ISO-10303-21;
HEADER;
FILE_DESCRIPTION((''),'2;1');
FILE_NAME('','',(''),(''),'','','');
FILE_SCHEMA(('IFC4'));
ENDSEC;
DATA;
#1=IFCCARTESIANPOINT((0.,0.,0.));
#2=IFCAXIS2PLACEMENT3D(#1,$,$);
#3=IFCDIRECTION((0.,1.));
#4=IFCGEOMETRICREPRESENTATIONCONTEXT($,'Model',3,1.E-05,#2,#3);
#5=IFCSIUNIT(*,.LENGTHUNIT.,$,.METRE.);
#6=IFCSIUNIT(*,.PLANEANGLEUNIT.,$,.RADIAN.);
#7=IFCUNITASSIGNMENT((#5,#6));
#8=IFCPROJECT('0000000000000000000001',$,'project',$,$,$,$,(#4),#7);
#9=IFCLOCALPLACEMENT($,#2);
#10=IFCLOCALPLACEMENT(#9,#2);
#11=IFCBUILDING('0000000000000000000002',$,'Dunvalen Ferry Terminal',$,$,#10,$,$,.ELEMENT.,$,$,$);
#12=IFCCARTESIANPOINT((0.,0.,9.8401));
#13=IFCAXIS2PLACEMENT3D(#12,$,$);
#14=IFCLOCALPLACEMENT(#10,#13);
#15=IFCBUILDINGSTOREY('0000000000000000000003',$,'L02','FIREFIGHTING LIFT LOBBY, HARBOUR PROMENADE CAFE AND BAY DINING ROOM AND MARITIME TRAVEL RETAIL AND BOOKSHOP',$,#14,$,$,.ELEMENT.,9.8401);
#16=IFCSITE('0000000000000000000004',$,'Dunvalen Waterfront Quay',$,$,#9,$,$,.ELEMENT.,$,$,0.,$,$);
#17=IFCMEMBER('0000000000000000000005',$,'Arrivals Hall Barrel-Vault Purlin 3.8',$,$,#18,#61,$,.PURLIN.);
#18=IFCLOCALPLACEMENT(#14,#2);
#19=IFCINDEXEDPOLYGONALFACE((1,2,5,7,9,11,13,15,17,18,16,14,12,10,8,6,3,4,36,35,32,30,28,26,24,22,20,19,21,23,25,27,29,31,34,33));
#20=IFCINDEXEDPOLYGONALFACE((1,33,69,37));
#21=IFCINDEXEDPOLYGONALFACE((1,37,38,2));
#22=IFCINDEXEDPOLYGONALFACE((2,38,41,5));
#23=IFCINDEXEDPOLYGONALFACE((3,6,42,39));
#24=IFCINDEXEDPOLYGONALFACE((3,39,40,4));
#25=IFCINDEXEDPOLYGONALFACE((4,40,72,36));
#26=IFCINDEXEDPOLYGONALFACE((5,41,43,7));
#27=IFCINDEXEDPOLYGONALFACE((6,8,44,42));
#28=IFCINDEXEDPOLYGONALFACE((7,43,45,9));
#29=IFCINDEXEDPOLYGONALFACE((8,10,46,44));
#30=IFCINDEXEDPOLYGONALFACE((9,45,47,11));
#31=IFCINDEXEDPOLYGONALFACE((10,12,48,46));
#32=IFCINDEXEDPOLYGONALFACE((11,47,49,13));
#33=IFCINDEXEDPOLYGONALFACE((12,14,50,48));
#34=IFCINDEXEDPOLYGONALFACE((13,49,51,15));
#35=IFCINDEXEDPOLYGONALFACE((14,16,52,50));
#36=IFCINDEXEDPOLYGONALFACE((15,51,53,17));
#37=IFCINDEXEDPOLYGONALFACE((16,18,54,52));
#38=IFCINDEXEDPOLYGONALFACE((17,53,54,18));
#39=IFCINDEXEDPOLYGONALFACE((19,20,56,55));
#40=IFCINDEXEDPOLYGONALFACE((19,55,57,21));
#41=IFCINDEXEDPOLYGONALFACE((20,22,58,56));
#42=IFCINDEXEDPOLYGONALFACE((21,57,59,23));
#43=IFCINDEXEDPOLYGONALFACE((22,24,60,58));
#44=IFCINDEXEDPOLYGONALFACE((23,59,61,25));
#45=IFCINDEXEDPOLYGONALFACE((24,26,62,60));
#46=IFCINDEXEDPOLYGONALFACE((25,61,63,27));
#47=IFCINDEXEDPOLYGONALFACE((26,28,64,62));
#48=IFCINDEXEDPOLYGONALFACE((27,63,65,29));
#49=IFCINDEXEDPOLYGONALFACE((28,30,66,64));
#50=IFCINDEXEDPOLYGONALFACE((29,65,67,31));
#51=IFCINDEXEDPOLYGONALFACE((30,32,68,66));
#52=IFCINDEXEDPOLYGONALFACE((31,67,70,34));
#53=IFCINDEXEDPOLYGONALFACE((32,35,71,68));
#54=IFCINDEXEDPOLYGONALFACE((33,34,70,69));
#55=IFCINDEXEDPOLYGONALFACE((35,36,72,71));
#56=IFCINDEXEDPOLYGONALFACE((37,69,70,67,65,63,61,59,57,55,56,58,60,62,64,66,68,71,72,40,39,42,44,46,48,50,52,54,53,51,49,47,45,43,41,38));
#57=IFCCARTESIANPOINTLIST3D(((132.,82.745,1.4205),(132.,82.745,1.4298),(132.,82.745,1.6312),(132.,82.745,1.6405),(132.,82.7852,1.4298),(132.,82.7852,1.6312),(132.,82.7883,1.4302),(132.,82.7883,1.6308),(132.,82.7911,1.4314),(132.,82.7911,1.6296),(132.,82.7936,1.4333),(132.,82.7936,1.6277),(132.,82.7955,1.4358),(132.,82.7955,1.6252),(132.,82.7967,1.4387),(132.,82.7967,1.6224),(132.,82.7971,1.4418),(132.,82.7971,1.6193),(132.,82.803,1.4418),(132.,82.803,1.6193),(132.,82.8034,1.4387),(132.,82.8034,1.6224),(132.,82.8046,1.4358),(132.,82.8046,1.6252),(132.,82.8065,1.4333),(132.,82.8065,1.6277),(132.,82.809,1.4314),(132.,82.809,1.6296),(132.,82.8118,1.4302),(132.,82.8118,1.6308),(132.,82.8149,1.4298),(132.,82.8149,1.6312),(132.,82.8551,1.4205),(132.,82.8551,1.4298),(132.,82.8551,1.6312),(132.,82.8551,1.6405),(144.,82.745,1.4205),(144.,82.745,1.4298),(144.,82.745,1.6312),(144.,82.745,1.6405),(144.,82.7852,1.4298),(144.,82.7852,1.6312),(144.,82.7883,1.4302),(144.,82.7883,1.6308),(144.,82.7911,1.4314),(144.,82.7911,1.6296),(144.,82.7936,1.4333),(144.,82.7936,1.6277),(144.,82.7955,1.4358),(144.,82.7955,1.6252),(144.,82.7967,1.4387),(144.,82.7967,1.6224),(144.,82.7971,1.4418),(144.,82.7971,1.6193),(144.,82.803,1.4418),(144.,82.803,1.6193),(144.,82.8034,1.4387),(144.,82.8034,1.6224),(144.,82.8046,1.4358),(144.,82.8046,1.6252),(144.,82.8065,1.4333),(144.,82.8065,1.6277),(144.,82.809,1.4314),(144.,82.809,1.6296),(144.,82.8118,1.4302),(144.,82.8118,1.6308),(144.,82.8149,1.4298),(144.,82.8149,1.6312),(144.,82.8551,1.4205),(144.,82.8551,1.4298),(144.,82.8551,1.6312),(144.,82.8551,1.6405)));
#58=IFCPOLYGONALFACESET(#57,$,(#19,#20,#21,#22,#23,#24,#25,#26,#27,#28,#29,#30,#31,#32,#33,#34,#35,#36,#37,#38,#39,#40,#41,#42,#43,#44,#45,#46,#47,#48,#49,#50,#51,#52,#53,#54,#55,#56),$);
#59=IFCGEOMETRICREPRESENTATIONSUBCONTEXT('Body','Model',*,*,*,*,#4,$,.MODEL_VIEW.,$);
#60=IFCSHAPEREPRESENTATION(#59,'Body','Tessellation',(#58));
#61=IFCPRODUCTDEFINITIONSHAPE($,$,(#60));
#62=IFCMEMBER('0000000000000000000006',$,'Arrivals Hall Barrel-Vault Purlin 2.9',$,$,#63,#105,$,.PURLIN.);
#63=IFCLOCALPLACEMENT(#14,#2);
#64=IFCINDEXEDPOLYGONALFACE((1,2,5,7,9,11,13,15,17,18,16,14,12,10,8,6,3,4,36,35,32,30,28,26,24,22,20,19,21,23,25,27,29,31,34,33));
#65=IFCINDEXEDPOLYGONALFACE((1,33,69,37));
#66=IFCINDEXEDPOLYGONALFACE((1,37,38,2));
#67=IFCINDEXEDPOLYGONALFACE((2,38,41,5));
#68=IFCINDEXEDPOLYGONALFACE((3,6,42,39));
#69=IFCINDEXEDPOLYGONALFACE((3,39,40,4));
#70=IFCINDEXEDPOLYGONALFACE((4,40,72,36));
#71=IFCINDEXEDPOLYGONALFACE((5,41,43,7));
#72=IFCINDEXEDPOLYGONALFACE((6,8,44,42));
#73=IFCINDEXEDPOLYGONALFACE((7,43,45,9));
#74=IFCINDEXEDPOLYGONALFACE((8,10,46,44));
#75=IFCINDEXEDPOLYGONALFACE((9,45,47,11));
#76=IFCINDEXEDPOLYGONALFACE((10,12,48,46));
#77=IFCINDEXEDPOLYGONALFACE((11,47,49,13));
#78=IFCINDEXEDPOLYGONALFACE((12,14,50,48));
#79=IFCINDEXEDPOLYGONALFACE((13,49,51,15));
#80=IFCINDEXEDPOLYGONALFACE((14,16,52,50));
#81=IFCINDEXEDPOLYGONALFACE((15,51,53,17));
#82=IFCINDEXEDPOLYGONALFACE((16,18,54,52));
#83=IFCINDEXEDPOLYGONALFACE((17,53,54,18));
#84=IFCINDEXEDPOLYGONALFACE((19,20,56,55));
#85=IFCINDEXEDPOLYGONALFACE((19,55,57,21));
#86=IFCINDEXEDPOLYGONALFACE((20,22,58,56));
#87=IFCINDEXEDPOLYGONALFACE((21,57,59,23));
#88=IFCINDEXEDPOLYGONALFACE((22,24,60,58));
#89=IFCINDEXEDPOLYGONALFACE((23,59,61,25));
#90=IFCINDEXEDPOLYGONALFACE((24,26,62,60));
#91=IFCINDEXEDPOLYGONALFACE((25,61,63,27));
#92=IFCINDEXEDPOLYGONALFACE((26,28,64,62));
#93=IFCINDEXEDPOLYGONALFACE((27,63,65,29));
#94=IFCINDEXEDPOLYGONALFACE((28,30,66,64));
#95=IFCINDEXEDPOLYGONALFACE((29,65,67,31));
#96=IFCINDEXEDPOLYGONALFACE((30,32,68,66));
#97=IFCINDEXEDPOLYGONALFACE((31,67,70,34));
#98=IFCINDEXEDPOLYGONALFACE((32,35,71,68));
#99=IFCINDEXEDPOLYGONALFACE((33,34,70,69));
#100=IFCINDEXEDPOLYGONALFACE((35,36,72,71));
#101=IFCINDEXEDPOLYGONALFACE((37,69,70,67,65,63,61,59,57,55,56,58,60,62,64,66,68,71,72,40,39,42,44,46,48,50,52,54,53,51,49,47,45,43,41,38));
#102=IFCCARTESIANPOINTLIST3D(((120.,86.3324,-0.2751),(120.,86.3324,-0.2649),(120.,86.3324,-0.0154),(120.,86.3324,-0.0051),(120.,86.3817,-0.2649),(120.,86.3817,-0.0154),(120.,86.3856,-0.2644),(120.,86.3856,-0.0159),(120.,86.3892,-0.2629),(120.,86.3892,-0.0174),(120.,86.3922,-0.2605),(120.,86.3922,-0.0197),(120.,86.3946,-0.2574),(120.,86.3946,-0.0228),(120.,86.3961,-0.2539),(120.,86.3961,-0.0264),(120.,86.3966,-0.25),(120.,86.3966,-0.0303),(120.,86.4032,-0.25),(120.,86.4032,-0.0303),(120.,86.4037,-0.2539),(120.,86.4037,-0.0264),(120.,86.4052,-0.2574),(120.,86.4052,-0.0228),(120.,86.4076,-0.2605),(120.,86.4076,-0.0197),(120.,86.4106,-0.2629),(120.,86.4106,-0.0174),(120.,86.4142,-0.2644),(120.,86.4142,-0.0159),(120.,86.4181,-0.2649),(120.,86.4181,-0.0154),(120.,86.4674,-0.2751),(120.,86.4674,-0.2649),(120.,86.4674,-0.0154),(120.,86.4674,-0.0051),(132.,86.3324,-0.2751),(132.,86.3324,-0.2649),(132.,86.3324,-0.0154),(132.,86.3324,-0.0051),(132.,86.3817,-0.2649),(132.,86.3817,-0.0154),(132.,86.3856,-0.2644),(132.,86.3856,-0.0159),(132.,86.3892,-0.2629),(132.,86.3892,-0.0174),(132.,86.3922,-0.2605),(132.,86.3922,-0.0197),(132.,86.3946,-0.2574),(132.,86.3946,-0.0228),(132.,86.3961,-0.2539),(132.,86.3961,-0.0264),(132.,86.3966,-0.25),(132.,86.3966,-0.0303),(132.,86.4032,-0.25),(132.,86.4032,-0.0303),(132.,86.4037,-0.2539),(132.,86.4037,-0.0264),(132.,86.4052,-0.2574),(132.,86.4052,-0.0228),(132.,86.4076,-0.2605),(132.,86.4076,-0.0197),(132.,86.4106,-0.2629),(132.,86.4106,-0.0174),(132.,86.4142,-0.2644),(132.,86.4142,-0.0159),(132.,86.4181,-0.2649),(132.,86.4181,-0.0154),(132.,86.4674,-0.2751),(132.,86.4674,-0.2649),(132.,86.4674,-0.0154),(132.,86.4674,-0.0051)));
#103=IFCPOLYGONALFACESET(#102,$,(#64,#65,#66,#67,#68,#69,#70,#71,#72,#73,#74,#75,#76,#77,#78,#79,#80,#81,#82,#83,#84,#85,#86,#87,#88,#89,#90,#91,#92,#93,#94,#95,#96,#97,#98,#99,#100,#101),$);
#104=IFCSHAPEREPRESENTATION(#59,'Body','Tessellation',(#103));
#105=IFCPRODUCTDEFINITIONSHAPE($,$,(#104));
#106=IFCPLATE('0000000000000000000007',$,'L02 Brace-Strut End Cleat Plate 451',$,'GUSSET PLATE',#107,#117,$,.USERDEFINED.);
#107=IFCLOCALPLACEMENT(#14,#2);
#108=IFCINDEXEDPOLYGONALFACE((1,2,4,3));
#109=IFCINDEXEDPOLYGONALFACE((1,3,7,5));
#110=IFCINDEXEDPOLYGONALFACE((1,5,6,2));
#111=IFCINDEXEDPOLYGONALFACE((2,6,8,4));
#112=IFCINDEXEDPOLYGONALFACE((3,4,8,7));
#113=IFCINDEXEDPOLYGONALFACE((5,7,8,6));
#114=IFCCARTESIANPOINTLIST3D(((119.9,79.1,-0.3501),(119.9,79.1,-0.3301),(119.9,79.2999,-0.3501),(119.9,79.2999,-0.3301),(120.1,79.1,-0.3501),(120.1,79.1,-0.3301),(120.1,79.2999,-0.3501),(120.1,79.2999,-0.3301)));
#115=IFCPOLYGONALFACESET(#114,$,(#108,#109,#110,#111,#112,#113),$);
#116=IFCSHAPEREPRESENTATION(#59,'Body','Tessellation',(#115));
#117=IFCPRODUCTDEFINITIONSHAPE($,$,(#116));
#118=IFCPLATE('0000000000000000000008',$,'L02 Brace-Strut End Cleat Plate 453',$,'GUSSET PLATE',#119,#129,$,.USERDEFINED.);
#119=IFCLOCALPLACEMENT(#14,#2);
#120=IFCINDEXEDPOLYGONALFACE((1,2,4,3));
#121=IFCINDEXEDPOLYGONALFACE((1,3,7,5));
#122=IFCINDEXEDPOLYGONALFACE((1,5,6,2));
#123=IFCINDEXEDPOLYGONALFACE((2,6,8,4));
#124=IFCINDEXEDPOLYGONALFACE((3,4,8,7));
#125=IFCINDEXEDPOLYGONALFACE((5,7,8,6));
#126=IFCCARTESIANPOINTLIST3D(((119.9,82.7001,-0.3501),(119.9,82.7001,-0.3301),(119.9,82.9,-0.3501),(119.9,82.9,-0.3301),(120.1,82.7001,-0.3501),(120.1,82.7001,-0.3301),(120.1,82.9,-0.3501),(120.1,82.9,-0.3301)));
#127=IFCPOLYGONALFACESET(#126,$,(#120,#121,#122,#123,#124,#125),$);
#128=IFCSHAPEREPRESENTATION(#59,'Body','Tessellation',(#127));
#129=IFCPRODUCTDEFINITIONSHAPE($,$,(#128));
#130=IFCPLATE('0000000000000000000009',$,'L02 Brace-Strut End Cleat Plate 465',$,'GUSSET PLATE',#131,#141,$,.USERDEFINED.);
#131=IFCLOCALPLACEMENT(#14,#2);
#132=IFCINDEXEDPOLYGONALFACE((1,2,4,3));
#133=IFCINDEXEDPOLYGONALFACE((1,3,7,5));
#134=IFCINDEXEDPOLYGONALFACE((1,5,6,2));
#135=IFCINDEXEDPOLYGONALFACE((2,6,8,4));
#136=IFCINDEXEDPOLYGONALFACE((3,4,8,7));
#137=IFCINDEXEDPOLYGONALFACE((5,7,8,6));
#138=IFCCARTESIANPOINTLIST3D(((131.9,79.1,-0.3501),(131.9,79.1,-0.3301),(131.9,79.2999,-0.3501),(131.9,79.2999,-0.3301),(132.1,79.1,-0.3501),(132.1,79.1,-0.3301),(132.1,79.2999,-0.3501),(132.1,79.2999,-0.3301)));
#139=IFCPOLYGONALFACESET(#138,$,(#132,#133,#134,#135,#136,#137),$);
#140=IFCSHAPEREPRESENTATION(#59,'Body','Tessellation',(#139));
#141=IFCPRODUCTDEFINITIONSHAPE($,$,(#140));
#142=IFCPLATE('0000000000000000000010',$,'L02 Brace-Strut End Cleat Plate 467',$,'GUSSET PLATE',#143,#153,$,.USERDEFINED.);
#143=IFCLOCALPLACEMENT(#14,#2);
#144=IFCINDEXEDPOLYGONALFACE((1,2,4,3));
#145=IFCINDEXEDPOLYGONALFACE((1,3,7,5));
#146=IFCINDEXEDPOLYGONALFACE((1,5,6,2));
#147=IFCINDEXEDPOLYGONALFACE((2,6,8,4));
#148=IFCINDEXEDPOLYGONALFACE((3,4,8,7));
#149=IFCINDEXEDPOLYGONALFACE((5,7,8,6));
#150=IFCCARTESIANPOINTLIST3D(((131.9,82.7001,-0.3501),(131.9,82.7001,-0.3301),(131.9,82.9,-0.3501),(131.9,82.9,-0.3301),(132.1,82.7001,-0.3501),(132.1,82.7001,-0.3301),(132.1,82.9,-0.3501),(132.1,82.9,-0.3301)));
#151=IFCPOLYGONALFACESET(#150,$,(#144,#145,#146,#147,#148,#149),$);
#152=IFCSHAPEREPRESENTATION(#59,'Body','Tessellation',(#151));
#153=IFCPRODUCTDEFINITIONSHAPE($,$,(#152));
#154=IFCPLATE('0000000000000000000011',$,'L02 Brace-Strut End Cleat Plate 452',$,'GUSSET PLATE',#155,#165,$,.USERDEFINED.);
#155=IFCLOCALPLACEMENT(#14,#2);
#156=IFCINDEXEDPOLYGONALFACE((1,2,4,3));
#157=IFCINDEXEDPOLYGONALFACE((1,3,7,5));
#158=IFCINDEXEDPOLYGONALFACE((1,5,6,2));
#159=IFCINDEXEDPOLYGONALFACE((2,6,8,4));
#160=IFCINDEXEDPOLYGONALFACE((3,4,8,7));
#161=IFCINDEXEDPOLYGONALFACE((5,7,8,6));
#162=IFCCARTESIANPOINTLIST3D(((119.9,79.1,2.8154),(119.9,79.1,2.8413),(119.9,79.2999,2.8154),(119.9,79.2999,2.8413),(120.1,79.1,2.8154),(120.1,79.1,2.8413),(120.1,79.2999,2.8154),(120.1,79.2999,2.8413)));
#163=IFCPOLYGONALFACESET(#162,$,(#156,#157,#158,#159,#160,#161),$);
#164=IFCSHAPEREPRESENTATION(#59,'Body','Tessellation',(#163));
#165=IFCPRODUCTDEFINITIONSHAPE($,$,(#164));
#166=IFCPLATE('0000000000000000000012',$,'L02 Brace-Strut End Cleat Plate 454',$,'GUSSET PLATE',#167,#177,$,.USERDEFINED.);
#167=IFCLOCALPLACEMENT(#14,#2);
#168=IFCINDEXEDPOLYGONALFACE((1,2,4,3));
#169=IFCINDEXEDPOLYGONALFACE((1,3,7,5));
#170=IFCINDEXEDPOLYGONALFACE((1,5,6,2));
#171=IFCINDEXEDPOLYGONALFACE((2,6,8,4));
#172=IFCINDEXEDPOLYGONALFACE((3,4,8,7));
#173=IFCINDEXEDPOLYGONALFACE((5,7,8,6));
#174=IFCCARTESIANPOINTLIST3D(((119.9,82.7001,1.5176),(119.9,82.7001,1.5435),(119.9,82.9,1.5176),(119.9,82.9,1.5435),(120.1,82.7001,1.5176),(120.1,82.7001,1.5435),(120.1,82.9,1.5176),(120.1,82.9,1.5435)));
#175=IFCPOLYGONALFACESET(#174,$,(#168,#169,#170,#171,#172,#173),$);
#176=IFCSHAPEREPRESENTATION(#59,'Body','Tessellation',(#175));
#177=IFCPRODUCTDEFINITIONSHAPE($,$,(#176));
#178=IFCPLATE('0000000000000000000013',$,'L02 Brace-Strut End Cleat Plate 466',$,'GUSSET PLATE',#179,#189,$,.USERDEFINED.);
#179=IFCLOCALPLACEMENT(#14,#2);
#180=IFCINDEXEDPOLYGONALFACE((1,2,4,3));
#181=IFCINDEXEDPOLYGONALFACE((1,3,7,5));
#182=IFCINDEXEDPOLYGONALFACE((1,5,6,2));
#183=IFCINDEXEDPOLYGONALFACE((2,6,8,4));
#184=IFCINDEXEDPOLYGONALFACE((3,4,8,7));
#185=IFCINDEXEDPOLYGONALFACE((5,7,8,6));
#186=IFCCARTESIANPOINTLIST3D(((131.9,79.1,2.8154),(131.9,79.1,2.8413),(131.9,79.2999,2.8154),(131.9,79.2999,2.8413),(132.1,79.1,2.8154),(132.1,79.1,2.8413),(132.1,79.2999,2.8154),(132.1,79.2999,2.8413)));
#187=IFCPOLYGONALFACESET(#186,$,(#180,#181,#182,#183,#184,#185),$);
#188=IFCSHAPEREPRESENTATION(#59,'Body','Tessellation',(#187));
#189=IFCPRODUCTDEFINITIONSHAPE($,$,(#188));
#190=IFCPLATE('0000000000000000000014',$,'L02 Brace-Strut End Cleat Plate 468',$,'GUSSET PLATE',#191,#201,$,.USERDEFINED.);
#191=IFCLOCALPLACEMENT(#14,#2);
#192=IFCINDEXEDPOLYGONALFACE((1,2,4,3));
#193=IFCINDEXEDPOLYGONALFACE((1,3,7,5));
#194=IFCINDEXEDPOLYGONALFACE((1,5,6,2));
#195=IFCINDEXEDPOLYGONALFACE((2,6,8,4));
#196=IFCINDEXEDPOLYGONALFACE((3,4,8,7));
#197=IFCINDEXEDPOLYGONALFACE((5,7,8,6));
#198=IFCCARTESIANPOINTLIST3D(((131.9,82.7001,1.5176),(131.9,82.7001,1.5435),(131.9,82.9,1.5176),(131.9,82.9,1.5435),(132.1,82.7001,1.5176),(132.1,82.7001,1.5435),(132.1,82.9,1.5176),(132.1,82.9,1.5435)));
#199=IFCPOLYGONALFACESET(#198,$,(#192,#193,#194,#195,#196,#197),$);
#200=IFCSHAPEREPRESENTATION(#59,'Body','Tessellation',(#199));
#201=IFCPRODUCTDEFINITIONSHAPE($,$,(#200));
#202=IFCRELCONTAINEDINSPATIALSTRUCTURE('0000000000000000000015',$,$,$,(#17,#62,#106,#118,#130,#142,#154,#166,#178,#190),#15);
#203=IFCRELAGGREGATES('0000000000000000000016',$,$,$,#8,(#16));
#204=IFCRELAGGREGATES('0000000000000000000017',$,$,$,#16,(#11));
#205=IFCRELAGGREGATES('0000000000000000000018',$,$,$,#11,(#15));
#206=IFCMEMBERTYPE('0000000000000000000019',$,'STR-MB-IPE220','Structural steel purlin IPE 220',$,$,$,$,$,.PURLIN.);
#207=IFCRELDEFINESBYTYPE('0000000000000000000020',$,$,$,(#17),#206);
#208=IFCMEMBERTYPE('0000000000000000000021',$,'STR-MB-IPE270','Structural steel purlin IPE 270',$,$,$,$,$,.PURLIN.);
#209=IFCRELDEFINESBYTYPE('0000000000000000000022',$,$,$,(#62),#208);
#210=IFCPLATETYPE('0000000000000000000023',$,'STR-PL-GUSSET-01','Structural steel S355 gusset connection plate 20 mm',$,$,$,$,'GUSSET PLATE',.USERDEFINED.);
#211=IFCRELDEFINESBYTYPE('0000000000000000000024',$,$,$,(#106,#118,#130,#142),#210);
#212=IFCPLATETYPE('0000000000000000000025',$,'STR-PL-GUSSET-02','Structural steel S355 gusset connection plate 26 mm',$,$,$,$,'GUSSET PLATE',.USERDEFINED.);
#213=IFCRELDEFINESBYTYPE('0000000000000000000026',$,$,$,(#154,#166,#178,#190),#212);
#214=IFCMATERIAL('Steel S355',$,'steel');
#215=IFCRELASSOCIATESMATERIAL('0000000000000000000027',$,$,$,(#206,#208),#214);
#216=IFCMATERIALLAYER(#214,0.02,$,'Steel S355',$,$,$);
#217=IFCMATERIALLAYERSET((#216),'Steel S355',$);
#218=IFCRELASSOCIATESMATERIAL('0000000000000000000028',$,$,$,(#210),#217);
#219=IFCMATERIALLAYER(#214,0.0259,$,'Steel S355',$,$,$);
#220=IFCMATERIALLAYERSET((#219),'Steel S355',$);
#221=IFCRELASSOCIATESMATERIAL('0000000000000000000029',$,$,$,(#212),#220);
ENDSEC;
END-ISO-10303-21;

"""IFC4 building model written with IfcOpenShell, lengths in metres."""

from ifc_helpers import new_model, si_unit, direction, frame, origin, origin_2d, place, context, subcontext, project, spatial, rectangle, i_section, extrude, material, layer, layer_set, material_profile, profile_set, type_object, element, save


model = new_model("IFC4")

# Units and contexts
model_context = context("Model", 3, precision=1e-05, world=origin(), true_north=direction((0.0, 1.0)))
body_context = subcontext(model_context, "Body", "Model", "MODEL_VIEW")
ifc_project = project(units=[si_unit("LENGTHUNIT", "METRE"), si_unit("PLANEANGLEUNIT", "RADIAN")], contexts=[model_context])

# Site, building, storey
site_placement = place(None, origin())
site = spatial("IfcSite", under=ifc_project, at=site_placement, Name="Dunvalen Waterfront Quay", CompositionType="ELEMENT", RefElevation=0.0)
building_placement = place(site_placement, origin())
building = spatial("IfcBuilding", under=site, at=building_placement, Name="Dunvalen Ferry Terminal", CompositionType="ELEMENT")
storey_placement = place(building_placement, frame((0.0, 0.0, 9.8401)))
storey = spatial("IfcBuildingStorey", under=building, at=storey_placement, Name="L02", Description="FIREFIGHTING LIFT LOBBY, HARBOUR PROMENADE CAFE AND BAY DINING ROOM AND MARITIME TRAVEL RETAIL AND BOOKSHOP", CompositionType="ELEMENT", Elevation=9.8401)

# Shared definitions
ifc_material_1 = material(Name="Steel S355", Category="steel")

# Members
ifc_material_profile_1 = material_profile(ifc_material_1, i_section(OverallWidth=0.1101, OverallDepth=0.22, WebThickness=0.0059, FlangeThickness=0.0093, FilletRadius=0.012, at=origin_2d()), Name="Steel S355")
ifc_profile_set_1 = profile_set([ifc_material_profile_1], Name="Steel S355")
member_type_1 = type_object("IfcMemberType", Name="STR-MB-IPE220", Description="Structural steel purlin IPE 220", PredefinedType="PURLIN", material=ifc_profile_set_1)
for number, where, z_axis, x_axis, name in (
    (1, (132.0, 82.8, 1.5305), (1.0, 0.0, 0.0), (0.0, 1.0, 0.0), "Arrivals Hall Barrel-Vault Purlin 3.8"),
):
    element("IfcMember", number, at=place(storey_placement, frame(where, z_axis=z_axis, x_axis=x_axis)), inside=storey, type_object=member_type_1, Name=name, PredefinedType="PURLIN", context=body_context, shape_type="SweptSolid", body=[
        extrude(i_section(OverallWidth=0.1101, OverallDepth=0.22, WebThickness=0.0059, FlangeThickness=0.0093, FilletRadius=0.012, at=origin_2d()), origin(), (0.0, 0.0, 1.0), 12.0),
    ])
ifc_material_profile_2 = material_profile(ifc_material_1, i_section(OverallWidth=0.135, OverallDepth=0.27, WebThickness=0.0066, FlangeThickness=0.0103, FilletRadius=0.0149, at=origin_2d()), Name="Steel S355")
ifc_profile_set_2 = profile_set([ifc_material_profile_2], Name="Steel S355")
member_type_2 = type_object("IfcMemberType", Name="STR-MB-IPE270", Description="Structural steel purlin IPE 270", PredefinedType="PURLIN", material=ifc_profile_set_2)
member_1_placement = place(storey_placement, frame((120.0, 86.3999, -0.1401), z_axis=(1.0, 0.0, 0.0), x_axis=(0.0, 1.0, 0.0)))
element("IfcMember", 2, at=member_1_placement, inside=storey, type_object=member_type_2, Name="Arrivals Hall Barrel-Vault Purlin 2.9", PredefinedType="PURLIN", context=body_context, shape_type="SweptSolid", body=[
    extrude(i_section(OverallWidth=0.135, OverallDepth=0.27, WebThickness=0.0066, FlangeThickness=0.0103, FilletRadius=0.0149, at=origin_2d()), origin(), (0.0, 0.0, 1.0), 12.0),
])

# Plates
ifc_layer_1 = layer(ifc_material_1, 0.02, Name="Steel S355")
ifc_layer_set_1 = layer_set([ifc_layer_1], Name="Steel S355")
plate_type_1 = type_object("IfcPlateType", Name="STR-PL-GUSSET-01", Description="Structural steel S355 gusset connection plate 20 mm", ElementType="GUSSET PLATE", PredefinedType="USERDEFINED", material=ifc_layer_set_1)
for number, where, z_axis, x_axis, name in (
    (3, (120.0, 79.2, -0.3501), (0.0, 0.0, 1.0), (1.0, 0.0, 0.0), "L02 Brace-Strut End Cleat Plate 451"),
    (4, (120.0, 82.8, -0.3501), (0.0, 0.0, 1.0), (1.0, 0.0, 0.0), "L02 Brace-Strut End Cleat Plate 453"),
    (5, (132.0, 79.2, -0.3501), (0.0, 0.0, 1.0), (1.0, 0.0, 0.0), "L02 Brace-Strut End Cleat Plate 465"),
    (6, (132.0, 82.8, -0.3501), (0.0, 0.0, 1.0), (1.0, 0.0, 0.0), "L02 Brace-Strut End Cleat Plate 467"),
):
    element("IfcPlate", number, at=place(storey_placement, frame(where, z_axis=z_axis, x_axis=x_axis)), inside=storey, type_object=plate_type_1, Name=name, ObjectType="GUSSET PLATE", PredefinedType="USERDEFINED", context=body_context, shape_type="SweptSolid", body=[
        extrude(rectangle(XDim=0.2, YDim=0.2, at=origin_2d()), origin(), (0.0, 0.0, 1.0), 0.02),
    ])
ifc_layer_2 = layer(ifc_material_1, 0.0259, Name="Steel S355")
ifc_layer_set_2 = layer_set([ifc_layer_2], Name="Steel S355")
plate_type_2 = type_object("IfcPlateType", Name="STR-PL-GUSSET-02", Description="Structural steel S355 gusset connection plate 26 mm", ElementType="GUSSET PLATE", PredefinedType="USERDEFINED", material=ifc_layer_set_2)
for number, where, z_axis, x_axis, name in (
    (7, (120.0, 79.2, 2.8154), (0.0, 0.0, 1.0), (1.0, 0.0, 0.0), "L02 Brace-Strut End Cleat Plate 452"),
    (8, (120.0, 82.8, 1.5176), (0.0, 0.0, 1.0), (1.0, 0.0, 0.0), "L02 Brace-Strut End Cleat Plate 454"),
    (9, (132.0, 79.2, 2.8154), (0.0, 0.0, 1.0), (1.0, 0.0, 0.0), "L02 Brace-Strut End Cleat Plate 466"),
    (10, (132.0, 82.8, 1.5176), (0.0, 0.0, 1.0), (1.0, 0.0, 0.0), "L02 Brace-Strut End Cleat Plate 468"),
):
    element("IfcPlate", number, at=place(storey_placement, frame(where, z_axis=z_axis, x_axis=x_axis)), inside=storey, type_object=plate_type_2, Name=name, ObjectType="GUSSET PLATE", PredefinedType="USERDEFINED", context=body_context, shape_type="SweptSolid", body=[
        extrude(rectangle(XDim=0.2, YDim=0.2, at=origin_2d()), origin(), (0.0, 0.0, 1.0), 0.0259),
    ])

save(model, "model.ifc")
